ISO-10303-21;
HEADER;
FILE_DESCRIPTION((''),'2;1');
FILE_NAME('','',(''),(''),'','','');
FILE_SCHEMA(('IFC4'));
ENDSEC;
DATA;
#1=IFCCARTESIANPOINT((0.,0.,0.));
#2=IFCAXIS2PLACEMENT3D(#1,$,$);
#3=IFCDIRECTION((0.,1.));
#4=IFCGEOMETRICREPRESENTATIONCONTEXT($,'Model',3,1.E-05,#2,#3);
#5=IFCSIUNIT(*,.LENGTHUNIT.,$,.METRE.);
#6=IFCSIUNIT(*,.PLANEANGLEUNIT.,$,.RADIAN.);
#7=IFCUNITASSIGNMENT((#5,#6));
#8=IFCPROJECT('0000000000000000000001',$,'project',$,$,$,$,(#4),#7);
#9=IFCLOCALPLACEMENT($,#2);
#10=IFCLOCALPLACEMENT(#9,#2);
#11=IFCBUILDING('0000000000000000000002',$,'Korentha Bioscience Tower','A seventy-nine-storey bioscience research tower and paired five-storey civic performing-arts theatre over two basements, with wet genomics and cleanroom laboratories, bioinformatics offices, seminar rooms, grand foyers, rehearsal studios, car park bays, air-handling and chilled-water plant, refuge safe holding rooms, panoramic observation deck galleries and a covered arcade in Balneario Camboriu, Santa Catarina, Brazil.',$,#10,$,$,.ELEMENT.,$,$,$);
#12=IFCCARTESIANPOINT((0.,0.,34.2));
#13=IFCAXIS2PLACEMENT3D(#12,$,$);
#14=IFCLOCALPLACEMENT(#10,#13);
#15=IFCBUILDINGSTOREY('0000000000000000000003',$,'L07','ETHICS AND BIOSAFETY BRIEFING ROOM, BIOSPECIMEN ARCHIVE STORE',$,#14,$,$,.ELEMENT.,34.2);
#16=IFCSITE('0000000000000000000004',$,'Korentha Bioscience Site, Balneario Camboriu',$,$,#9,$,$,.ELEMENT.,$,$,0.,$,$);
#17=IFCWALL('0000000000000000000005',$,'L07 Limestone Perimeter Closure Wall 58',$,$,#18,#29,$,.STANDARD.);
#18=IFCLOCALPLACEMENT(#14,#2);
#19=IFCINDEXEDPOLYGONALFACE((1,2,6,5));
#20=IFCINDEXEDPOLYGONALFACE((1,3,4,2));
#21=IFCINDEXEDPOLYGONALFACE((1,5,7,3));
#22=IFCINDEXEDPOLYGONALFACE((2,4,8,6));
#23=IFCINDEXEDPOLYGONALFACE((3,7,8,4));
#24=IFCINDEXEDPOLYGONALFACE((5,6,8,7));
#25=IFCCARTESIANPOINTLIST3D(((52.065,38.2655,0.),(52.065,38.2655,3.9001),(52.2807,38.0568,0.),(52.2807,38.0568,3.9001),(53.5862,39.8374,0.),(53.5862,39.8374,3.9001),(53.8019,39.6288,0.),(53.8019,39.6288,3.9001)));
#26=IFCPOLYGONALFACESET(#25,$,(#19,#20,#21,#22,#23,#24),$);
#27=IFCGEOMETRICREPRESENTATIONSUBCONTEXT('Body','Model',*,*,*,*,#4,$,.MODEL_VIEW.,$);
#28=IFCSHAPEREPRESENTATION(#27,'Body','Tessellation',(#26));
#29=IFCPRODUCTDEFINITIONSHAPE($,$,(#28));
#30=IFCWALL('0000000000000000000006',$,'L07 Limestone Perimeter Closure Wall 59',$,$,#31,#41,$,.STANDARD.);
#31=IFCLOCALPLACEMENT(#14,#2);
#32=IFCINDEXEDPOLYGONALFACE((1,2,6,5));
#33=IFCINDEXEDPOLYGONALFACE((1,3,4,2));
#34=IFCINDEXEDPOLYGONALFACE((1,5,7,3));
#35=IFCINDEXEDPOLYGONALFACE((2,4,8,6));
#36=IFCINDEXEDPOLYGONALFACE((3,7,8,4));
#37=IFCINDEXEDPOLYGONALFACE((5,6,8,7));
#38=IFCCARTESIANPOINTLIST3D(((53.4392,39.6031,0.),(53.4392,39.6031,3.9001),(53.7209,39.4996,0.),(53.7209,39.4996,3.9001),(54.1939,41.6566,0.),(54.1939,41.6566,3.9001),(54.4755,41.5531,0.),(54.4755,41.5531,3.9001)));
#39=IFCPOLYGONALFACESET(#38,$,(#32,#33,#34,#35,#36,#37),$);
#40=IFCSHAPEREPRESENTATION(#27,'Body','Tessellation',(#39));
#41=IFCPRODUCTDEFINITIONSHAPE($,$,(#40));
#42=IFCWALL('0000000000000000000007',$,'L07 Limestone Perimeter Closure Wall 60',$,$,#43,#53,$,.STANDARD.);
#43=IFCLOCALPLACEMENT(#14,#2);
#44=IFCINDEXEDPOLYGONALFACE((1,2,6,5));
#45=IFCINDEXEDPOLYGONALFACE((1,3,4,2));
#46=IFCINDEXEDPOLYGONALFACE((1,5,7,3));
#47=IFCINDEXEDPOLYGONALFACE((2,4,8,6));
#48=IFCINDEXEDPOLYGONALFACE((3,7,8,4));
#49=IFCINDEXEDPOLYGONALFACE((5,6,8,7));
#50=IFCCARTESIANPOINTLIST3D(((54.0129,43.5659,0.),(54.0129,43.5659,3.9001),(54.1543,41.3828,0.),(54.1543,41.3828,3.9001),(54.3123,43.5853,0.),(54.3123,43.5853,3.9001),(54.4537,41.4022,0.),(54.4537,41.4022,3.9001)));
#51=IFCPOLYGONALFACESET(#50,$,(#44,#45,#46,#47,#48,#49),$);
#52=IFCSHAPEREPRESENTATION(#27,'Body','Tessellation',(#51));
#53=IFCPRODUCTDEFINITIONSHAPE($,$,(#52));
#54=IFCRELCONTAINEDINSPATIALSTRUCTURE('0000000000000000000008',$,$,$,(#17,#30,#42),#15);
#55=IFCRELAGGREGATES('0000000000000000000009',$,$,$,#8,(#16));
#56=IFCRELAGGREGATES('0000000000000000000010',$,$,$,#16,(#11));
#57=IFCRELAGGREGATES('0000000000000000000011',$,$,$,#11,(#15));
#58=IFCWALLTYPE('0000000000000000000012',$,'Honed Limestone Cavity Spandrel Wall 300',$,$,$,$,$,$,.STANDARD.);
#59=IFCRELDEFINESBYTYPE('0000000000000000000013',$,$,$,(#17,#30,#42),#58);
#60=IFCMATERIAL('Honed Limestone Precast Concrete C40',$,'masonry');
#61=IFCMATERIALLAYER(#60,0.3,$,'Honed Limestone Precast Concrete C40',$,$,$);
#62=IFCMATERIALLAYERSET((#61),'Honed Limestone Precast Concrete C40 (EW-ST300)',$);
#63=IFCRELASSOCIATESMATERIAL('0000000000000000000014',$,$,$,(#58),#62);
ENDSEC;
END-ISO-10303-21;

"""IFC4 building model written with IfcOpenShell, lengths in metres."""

from ifc_helpers import new_model, si_unit, direction, frame, frame_2d, origin, place, context, subcontext, project, spatial, rectangle, extrude, material, layer, layer_set, type_object, element, save


model = new_model("IFC4")

# Units and contexts
model_context = context("Model", 3, precision=1e-05, world=origin(), true_north=direction((0.0, 1.0)))
body_context = subcontext(model_context, "Body", "Model", "MODEL_VIEW")
ifc_project = project(units=[si_unit("LENGTHUNIT", "METRE"), si_unit("PLANEANGLEUNIT", "RADIAN")], contexts=[model_context])

# Site, building, storey
site_placement = place(None, origin())
site = spatial("IfcSite", under=ifc_project, at=site_placement, Name="Korentha Bioscience Site, Balneario Camboriu", CompositionType="ELEMENT", RefElevation=0.0)
building_placement = place(site_placement, origin())
building = spatial("IfcBuilding", under=site, at=building_placement, Name="Korentha Bioscience Tower", Description="A seventy-nine-storey bioscience research tower and paired five-storey civic performing-arts theatre over two basements, with wet genomics and cleanroom laboratories, bioinformatics offices, seminar rooms, grand foyers, rehearsal studios, car park bays, air-handling and chilled-water plant, refuge safe holding rooms, panoramic observation deck galleries and a covered arcade in Balneario Camboriu, Santa Catarina, Brazil.", CompositionType="ELEMENT")
storey_placement = place(building_placement, frame((0.0, 0.0, 34.2)))
storey = spatial("IfcBuildingStorey", under=building, at=storey_placement, Name="L07", Description="ETHICS AND BIOSAFETY BRIEFING ROOM, BIOSPECIMEN ARCHIVE STORE", CompositionType="ELEMENT", Elevation=34.2)

# Walls
ifc_material_1 = material(Name="Honed Limestone Precast Concrete C40", Category="masonry")
ifc_layer_1 = layer(ifc_material_1, 0.3, Name="Honed Limestone Precast Concrete C40")
ifc_layer_set_1 = layer_set([ifc_layer_1], Name="Honed Limestone Precast Concrete C40 (EW-ST300)")
wall_type_1 = type_object("IfcWallType", Name="Honed Limestone Cavity Spandrel Wall 300", PredefinedType="STANDARD", material=ifc_layer_set_1)
wall_1_placement = place(storey_placement, frame((52.1729, 38.1611, 0.0), z_axis=(0.0, 0.0, 1.0), x_axis=(0.695405, 0.718618, 0.0)))
element("IfcWall", 1, at=wall_1_placement, inside=storey, type_object=wall_type_1, Name="L07 Limestone Perimeter Closure Wall 58", PredefinedType="STANDARD", context=body_context, shape_type="SweptSolid", body=[
    extrude(rectangle(XDim=2.1875, YDim=0.3, at=frame_2d((1.0938, 0.0))), origin(), (0.0, 0.0, 1.0), 3.9001),
])
for number, where, z_axis, x_axis, name in (
    (2, (53.5801, 39.5515, 0.0), (0.0, 0.0, 1.0), (0.34494, 0.938625, 0.0), "L07 Limestone Perimeter Closure Wall 59"),
    (3, (54.304, 41.3926, 0.0), (0.0, 0.0, 1.0), (-0.064615, 0.99791, 0.0), "L07 Limestone Perimeter Closure Wall 60"),
):
    element("IfcWall", number, at=place(storey_placement, frame(where, z_axis=z_axis, x_axis=x_axis)), inside=storey, type_object=wall_type_1, Name=name, PredefinedType="STANDARD", context=body_context, shape_type="SweptSolid", body=[
        extrude(rectangle(XDim=2.1877, YDim=0.3, at=frame_2d((1.0938, 0.0))), origin(), (0.0, 0.0, 1.0), 3.9001),
    ])

save(model, "model.ifc")
